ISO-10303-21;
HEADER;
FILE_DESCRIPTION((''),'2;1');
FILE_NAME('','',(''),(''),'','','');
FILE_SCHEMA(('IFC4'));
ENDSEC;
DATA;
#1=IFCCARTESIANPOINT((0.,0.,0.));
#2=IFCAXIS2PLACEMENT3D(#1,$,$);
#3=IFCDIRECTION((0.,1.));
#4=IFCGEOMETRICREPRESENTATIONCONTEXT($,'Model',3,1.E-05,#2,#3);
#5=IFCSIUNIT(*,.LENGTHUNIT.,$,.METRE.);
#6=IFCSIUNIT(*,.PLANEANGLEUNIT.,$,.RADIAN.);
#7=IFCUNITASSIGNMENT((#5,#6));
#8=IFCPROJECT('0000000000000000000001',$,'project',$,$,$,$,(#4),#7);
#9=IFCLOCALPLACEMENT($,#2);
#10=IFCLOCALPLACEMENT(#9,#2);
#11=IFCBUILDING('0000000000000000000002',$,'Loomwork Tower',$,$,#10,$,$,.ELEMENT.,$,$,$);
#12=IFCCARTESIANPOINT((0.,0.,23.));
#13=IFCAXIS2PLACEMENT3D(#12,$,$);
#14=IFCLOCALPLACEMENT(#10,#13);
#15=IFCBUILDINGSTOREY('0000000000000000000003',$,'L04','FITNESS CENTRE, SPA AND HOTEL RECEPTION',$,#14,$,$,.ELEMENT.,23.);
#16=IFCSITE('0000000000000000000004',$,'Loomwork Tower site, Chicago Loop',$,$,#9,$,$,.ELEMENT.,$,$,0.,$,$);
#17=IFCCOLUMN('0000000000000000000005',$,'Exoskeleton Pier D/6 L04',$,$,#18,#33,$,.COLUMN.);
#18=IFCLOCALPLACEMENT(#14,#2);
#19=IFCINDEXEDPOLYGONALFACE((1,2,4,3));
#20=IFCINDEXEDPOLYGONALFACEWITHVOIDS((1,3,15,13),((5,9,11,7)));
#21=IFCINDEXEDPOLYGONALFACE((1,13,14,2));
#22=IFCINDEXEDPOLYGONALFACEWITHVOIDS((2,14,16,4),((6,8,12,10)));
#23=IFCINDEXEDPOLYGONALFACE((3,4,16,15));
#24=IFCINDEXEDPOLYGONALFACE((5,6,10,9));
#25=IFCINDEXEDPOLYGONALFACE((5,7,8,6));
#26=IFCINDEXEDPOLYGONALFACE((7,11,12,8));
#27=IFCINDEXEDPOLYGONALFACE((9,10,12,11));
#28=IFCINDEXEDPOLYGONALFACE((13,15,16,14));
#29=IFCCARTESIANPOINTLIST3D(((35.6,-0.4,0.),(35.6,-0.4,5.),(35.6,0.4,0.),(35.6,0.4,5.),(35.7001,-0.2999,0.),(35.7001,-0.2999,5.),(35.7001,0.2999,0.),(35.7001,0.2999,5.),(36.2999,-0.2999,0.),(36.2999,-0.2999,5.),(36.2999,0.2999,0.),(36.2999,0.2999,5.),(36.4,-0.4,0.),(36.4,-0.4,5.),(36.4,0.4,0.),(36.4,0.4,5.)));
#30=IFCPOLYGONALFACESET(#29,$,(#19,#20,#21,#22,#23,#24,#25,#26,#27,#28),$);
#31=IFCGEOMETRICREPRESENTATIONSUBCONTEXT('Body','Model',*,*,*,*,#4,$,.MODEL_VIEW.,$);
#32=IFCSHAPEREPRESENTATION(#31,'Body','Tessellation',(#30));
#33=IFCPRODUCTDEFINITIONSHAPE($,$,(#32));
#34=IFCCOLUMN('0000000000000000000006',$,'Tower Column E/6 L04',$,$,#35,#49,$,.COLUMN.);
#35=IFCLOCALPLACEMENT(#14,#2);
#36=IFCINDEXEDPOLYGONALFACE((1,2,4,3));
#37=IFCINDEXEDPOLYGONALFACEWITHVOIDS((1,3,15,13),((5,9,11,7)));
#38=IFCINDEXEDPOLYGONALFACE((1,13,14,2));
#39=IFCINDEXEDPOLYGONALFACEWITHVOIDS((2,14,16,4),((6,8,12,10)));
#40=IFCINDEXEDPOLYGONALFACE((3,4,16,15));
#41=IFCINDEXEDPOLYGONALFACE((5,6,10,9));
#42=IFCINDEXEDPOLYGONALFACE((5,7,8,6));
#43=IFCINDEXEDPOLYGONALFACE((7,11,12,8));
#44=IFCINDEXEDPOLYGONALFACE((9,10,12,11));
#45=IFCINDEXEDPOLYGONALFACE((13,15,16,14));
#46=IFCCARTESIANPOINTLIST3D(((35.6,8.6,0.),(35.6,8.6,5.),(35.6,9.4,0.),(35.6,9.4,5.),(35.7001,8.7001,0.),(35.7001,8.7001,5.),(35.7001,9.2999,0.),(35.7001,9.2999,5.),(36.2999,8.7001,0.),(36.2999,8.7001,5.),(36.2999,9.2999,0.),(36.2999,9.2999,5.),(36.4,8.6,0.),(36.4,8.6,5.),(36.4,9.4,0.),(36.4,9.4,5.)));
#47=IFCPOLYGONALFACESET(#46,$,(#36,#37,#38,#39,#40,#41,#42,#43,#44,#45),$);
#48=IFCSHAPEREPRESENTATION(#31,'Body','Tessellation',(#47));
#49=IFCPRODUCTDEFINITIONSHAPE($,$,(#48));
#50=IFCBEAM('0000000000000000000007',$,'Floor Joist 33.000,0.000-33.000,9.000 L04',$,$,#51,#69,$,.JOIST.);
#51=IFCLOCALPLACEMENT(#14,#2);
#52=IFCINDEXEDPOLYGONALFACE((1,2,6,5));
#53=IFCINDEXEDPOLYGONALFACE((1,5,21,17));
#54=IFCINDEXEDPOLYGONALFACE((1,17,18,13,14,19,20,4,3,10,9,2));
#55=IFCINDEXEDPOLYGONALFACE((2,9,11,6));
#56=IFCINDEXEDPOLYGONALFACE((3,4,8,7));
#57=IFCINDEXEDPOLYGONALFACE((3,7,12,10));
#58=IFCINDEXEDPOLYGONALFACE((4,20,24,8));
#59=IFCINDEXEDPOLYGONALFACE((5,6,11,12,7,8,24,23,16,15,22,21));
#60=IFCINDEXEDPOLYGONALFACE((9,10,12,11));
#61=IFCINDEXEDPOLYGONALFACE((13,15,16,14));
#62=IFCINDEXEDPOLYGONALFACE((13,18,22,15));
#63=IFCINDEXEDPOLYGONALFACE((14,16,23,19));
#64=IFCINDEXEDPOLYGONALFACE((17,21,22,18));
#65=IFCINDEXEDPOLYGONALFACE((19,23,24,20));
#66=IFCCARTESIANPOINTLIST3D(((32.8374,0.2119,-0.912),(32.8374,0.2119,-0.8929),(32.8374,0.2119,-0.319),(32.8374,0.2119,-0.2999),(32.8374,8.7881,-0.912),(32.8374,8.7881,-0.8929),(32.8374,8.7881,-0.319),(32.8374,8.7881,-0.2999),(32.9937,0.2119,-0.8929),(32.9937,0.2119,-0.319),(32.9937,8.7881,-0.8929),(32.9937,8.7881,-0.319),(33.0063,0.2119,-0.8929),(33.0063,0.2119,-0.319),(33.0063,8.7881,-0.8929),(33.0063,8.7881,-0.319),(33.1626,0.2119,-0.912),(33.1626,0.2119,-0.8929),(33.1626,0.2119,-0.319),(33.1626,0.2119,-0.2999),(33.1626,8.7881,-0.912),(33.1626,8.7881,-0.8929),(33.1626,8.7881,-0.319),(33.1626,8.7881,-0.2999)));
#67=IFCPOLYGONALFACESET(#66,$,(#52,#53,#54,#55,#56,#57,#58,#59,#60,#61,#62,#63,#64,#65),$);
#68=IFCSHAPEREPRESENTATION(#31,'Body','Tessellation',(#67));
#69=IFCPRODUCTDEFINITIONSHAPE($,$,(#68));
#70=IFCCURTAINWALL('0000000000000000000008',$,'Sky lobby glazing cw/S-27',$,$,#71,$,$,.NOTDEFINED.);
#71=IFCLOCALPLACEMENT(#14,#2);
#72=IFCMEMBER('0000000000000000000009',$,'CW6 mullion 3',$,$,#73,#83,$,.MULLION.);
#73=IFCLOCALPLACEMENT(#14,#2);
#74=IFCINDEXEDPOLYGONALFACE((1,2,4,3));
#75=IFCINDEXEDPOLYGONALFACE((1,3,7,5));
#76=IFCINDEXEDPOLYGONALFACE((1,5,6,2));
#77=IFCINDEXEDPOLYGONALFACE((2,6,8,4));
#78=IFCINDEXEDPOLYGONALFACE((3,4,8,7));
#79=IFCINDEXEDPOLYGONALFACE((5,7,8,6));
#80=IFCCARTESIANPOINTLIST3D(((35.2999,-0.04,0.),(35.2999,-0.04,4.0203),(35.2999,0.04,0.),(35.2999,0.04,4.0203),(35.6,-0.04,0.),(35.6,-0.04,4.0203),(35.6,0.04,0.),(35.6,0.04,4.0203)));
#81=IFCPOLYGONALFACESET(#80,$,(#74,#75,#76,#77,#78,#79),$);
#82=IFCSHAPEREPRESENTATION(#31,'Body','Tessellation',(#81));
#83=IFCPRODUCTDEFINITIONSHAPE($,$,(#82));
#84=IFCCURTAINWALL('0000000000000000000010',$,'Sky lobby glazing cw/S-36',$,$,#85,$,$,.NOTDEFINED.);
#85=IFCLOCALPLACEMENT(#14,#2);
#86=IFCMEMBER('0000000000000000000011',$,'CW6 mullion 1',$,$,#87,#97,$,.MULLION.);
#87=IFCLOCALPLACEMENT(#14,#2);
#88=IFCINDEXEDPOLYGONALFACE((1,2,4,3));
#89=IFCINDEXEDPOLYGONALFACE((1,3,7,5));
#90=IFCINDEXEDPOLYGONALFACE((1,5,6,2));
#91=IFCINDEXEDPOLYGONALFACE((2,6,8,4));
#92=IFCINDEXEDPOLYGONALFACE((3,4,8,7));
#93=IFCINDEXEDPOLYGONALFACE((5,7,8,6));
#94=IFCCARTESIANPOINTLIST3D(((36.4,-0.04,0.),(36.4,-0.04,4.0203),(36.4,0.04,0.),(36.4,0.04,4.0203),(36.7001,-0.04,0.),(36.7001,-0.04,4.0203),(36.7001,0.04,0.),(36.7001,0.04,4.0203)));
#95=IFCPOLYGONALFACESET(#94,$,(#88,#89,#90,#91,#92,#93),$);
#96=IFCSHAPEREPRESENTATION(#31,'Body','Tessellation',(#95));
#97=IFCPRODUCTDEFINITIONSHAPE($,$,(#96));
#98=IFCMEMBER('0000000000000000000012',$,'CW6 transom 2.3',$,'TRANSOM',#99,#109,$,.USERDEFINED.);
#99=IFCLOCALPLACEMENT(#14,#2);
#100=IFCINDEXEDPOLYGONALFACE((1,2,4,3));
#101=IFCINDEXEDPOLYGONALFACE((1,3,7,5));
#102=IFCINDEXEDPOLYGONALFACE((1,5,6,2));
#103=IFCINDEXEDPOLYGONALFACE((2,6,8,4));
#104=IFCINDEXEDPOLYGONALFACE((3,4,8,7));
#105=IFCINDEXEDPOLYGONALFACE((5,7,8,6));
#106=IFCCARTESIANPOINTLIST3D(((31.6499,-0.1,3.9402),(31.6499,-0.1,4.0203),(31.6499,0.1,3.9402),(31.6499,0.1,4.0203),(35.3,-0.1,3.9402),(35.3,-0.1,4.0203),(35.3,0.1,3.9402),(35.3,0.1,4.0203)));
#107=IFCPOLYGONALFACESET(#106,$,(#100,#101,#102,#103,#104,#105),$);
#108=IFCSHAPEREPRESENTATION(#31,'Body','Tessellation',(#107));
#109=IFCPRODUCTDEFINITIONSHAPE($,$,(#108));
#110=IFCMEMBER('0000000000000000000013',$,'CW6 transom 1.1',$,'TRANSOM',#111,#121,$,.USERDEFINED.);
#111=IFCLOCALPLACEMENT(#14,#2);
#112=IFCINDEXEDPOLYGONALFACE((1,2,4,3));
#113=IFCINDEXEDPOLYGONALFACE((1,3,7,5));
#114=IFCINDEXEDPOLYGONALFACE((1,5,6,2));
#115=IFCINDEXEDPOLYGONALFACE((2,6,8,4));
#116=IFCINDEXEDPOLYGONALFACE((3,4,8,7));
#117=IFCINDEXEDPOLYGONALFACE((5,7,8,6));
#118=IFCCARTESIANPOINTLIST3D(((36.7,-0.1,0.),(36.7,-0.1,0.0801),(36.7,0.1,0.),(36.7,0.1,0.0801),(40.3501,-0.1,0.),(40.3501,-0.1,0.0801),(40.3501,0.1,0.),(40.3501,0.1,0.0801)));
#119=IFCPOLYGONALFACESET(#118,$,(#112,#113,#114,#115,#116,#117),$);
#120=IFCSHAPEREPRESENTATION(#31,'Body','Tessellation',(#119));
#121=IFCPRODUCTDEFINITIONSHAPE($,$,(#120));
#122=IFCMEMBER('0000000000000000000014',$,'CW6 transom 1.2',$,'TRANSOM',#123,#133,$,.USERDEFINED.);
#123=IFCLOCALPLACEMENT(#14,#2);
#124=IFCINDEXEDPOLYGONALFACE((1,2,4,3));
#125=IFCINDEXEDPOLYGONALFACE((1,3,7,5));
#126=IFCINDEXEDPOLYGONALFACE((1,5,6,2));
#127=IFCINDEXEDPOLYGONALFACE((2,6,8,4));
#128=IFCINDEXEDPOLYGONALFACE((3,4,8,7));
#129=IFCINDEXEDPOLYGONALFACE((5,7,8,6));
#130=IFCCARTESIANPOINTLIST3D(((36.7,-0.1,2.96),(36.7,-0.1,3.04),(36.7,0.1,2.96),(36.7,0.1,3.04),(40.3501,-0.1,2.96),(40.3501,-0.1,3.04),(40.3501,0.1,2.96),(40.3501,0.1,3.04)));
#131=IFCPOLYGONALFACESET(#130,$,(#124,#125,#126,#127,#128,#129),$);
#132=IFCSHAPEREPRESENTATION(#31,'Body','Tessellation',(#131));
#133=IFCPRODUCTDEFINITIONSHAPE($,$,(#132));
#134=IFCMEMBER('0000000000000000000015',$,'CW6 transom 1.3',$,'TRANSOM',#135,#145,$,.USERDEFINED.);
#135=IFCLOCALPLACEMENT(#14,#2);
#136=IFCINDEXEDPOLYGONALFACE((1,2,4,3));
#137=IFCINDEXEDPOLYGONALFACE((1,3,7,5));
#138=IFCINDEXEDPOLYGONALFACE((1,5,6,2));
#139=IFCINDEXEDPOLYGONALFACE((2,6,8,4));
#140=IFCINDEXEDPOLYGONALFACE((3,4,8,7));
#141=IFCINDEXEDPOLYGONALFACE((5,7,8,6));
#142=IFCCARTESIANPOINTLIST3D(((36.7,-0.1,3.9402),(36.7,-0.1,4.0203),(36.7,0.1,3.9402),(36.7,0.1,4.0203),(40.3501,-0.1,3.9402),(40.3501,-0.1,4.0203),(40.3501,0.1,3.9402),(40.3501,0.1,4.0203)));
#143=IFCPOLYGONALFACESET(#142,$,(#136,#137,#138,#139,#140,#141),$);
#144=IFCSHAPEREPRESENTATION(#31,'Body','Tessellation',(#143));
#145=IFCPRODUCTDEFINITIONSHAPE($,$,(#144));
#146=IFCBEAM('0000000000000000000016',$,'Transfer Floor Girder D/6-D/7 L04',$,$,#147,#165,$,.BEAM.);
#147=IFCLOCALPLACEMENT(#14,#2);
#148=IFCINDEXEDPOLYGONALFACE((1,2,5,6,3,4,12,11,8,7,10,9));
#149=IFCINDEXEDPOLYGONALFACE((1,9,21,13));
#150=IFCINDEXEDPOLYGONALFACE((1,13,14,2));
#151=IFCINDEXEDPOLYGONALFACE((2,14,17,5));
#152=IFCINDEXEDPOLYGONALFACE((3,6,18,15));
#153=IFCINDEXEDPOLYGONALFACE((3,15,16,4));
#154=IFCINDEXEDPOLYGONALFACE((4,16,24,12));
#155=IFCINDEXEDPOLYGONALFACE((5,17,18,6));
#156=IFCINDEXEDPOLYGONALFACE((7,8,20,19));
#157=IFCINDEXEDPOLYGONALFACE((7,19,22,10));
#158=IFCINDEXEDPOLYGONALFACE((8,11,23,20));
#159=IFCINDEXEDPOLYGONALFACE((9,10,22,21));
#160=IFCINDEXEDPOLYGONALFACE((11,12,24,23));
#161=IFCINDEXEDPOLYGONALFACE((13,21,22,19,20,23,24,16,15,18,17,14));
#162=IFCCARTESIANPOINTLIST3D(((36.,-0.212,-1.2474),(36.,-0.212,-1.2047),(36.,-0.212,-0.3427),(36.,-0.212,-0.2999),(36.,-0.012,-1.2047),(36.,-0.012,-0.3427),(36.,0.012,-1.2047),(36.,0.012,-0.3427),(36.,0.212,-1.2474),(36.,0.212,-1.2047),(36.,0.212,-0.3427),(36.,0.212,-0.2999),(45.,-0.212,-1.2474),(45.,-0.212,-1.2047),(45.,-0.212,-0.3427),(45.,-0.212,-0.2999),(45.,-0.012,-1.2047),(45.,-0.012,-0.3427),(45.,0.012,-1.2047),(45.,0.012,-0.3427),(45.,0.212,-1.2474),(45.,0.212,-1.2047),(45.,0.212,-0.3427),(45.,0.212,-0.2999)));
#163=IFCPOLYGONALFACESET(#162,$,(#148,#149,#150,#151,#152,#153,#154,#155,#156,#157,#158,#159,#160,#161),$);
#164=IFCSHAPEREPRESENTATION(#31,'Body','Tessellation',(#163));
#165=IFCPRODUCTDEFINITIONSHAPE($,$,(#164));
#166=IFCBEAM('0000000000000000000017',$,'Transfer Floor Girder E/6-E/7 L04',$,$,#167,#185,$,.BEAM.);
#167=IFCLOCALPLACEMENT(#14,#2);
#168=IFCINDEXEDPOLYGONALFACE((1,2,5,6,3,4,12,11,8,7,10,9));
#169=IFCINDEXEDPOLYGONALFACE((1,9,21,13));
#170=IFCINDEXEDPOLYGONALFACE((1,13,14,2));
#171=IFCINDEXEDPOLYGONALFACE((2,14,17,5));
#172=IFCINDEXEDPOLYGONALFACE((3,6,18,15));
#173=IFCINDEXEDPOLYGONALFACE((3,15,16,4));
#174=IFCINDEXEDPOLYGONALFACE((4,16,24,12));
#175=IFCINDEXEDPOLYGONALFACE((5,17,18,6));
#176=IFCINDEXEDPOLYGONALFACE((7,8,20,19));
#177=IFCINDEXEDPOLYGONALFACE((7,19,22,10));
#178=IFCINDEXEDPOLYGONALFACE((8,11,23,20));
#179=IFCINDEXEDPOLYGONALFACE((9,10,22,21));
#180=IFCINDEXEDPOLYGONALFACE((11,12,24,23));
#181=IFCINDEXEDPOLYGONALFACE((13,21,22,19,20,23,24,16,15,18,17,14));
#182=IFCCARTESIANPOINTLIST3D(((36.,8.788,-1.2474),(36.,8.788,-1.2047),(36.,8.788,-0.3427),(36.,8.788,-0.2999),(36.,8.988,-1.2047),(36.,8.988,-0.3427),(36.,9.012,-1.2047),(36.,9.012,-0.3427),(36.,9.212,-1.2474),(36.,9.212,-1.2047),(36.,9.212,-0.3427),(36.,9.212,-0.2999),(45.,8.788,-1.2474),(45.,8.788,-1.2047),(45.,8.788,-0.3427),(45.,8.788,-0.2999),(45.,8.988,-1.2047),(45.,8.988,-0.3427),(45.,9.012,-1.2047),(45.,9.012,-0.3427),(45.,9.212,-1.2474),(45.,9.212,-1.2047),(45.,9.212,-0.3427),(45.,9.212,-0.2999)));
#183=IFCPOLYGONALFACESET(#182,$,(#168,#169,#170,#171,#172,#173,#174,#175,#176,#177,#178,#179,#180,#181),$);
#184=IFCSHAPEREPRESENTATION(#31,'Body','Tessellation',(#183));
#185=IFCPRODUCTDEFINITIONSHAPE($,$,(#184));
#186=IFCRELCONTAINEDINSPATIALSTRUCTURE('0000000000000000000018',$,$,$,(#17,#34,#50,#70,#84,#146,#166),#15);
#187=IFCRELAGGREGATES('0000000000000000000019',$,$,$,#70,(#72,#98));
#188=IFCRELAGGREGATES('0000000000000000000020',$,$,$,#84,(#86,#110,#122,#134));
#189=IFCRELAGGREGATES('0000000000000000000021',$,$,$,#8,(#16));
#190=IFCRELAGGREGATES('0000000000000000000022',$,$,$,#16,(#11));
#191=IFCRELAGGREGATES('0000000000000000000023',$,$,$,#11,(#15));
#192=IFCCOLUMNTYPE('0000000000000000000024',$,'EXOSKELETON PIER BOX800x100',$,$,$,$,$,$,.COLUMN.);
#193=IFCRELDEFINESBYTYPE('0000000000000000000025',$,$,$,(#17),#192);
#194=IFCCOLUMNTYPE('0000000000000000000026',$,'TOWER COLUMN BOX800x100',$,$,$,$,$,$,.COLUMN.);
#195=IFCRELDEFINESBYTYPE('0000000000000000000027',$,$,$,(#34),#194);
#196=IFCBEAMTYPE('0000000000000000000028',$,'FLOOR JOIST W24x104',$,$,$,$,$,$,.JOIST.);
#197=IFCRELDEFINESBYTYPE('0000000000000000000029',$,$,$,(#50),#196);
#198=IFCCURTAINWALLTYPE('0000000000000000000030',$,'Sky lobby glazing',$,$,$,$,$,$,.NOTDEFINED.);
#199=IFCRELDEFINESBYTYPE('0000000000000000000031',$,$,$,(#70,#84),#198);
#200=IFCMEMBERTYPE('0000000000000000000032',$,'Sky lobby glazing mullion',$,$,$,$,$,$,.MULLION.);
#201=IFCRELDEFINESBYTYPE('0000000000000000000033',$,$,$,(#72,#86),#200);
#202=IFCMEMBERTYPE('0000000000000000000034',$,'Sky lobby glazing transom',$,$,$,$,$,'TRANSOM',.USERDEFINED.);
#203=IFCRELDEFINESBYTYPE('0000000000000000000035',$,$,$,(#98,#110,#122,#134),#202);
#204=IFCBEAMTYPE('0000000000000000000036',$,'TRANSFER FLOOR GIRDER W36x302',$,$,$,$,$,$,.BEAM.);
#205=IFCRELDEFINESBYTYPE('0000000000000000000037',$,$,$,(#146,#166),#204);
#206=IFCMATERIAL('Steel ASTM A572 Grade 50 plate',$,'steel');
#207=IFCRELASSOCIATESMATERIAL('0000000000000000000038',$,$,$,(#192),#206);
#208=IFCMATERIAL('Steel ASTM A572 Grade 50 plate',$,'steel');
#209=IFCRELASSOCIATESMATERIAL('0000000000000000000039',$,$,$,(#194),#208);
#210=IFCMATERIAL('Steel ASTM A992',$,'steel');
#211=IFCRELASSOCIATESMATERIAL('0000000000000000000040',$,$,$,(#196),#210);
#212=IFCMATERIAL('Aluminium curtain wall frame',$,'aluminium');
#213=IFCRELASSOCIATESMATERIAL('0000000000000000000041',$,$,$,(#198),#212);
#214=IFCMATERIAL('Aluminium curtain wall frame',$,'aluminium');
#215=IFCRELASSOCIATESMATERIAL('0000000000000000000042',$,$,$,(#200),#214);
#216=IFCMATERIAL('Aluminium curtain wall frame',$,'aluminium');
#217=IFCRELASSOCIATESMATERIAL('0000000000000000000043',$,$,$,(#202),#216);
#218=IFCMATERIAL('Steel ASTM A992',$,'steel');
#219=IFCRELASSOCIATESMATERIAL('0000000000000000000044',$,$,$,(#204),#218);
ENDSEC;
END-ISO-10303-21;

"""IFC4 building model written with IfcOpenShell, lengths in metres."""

from ifc_helpers import new_model, si_unit, direction, frame, origin, origin_2d, place, context, subcontext, project, spatial, rectangle, hollow_rectangle, i_section, extrude, material, material_profile, profile_set, type_object, element, aggregate, save


model = new_model("IFC4")

# Units and contexts
model_context = context("Model", 3, precision=1e-05, world=origin(), true_north=direction((0.0, 1.0)))
body_context = subcontext(model_context, "Body", "Model", "MODEL_VIEW")
ifc_project = project(units=[si_unit("LENGTHUNIT", "METRE"), si_unit("PLANEANGLEUNIT", "RADIAN")], contexts=[model_context])

# Site, building, storey
site_placement = place(None, origin())
site = spatial("IfcSite", under=ifc_project, at=site_placement, Name="Loomwork Tower site, Chicago Loop", CompositionType="ELEMENT", RefElevation=0.0)
building_placement = place(site_placement, origin())
building = spatial("IfcBuilding", under=site, at=building_placement, Name="Loomwork Tower", CompositionType="ELEMENT")
storey_placement = place(building_placement, frame((0.0, 0.0, 23.0)))
storey = spatial("IfcBuildingStorey", under=building, at=storey_placement, Name="L04", Description="FITNESS CENTRE, SPA AND HOTEL RECEPTION", CompositionType="ELEMENT", Elevation=23.0)

# Columns
ifc_material_1 = material(Name="Steel ASTM A572 Grade 50 plate", Category="steel")
ifc_material_profile_1 = material_profile(ifc_material_1, hollow_rectangle(XDim=0.8, YDim=0.8, WallThickness=0.1001, at=origin_2d()), Name="BOX800x100")
ifc_profile_set_1 = profile_set([ifc_material_profile_1], Name="Steel ASTM A572 Grade 50 plate")
column_type_1 = type_object("IfcColumnType", Name="EXOSKELETON PIER BOX800x100", PredefinedType="COLUMN", material=ifc_profile_set_1)
column_1_placement = place(storey_placement, frame((36.0, 0.0, 0.0), z_axis=(0.0, 0.0, 1.0), x_axis=(1.0, 0.0, 0.0)))
element("IfcColumn", 1, at=column_1_placement, inside=storey, type_object=column_type_1, Name="Exoskeleton Pier D/6 L04", PredefinedType="COLUMN", context=body_context, shape_type="SweptSolid", body=[
    extrude(hollow_rectangle(XDim=0.8, YDim=0.8, WallThickness=0.1001, at=origin_2d()), origin(), (0.0, 0.0, 1.0), 5.0),
])
ifc_material_2 = material(Name="Steel ASTM A572 Grade 50 plate", Category="steel")
ifc_material_profile_2 = material_profile(ifc_material_2, hollow_rectangle(XDim=0.8, YDim=0.8, WallThickness=0.1001, at=origin_2d()), Name="BOX800x100")
ifc_profile_set_2 = profile_set([ifc_material_profile_2], Name="Steel ASTM A572 Grade 50 plate")
column_type_2 = type_object("IfcColumnType", Name="TOWER COLUMN BOX800x100", PredefinedType="COLUMN", material=ifc_profile_set_2)
column_2_placement = place(storey_placement, frame((36.0, 9.0, 0.0), z_axis=(0.0, 0.0, 1.0), x_axis=(0.0, 1.0, 0.0)))
element("IfcColumn", 2, at=column_2_placement, inside=storey, type_object=column_type_2, Name="Tower Column E/6 L04", PredefinedType="COLUMN", context=body_context, shape_type="SweptSolid", body=[
    extrude(hollow_rectangle(XDim=0.8, YDim=0.8, WallThickness=0.1001, at=origin_2d()), origin(), (0.0, 0.0, 1.0), 5.0),
])

# Beam
ifc_material_3 = material(Name="Steel ASTM A992", Category="steel")
ifc_material_profile_3 = material_profile(ifc_material_3, i_section(OverallWidth=0.3252, OverallDepth=0.6121, WebThickness=0.0127, FlangeThickness=0.019, at=origin_2d()), Name="W24x104")
ifc_profile_set_3 = profile_set([ifc_material_profile_3], Name="Steel ASTM A992")
beam_type_1 = type_object("IfcBeamType", Name="FLOOR JOIST W24x104", PredefinedType="JOIST", material=ifc_profile_set_3)
beam_placement = place(storey_placement, frame((33.0, 0.2119, -0.606), z_axis=(0.0, 1.0, 0.0), x_axis=(-1.0, 0.0, 0.0)))
element("IfcBeam", 3, at=beam_placement, inside=storey, type_object=beam_type_1, Name="Floor Joist 33.000,0.000-33.000,9.000 L04", PredefinedType="JOIST", context=body_context, shape_type="SweptSolid", body=[
    extrude(i_section(OverallWidth=0.3252, OverallDepth=0.6121, WebThickness=0.0127, FlangeThickness=0.019, at=origin_2d()), origin(), (0.0, 0.0, 1.0), 8.5762),
])

# Curtain walls, members
ifc_material_4 = material(Name="Aluminium curtain wall frame", Category="aluminium")
curtain_wall_type = type_object("IfcCurtainWallType", Name="Sky lobby glazing", PredefinedType="NOTDEFINED", material=ifc_material_4)
curtain_wall_1_placement = place(storey_placement, origin())
curtain_wall_1 = element("IfcCurtainWall", 4, at=curtain_wall_1_placement, inside=storey, type_object=curtain_wall_type, Name="Sky lobby glazing cw/S-27", PredefinedType="NOTDEFINED")
ifc_material_5 = material(Name="Aluminium curtain wall frame", Category="aluminium")
ifc_material_profile_4 = material_profile(ifc_material_5, rectangle(XDim=0.0801, YDim=0.3, at=origin_2d()), Name="AL 80x300")
ifc_profile_set_4 = profile_set([ifc_material_profile_4], Name="Aluminium curtain wall frame")
member_type_1 = type_object("IfcMemberType", Name="Sky lobby glazing mullion", PredefinedType="MULLION", material=ifc_profile_set_4)
member_1_placement = place(storey_placement, frame((35.45, 0.0, 0.0), z_axis=(0.0, 0.0, 1.0), x_axis=(0.0, 1.0, 0.0)))
member_1 = element("IfcMember", 5, at=member_1_placement, type_object=member_type_1, Name="CW6 mullion 3", PredefinedType="MULLION", context=body_context, shape_type="SweptSolid", body=[
    extrude(rectangle(XDim=0.0801, YDim=0.3, at=origin_2d()), origin(), (0.0, 0.0, 1.0), 4.0203),
])
curtain_wall_2_placement = place(storey_placement, origin())
curtain_wall_2 = element("IfcCurtainWall", 6, at=curtain_wall_2_placement, inside=storey, type_object=curtain_wall_type, Name="Sky lobby glazing cw/S-36", PredefinedType="NOTDEFINED")
member_2_placement = place(storey_placement, frame((36.55, 0.0, 0.0), z_axis=(0.0, 0.0, 1.0), x_axis=(0.0, 1.0, 0.0)))
member_2 = element("IfcMember", 7, at=member_2_placement, type_object=member_type_1, Name="CW6 mullion 1", PredefinedType="MULLION", context=body_context, shape_type="SweptSolid", body=[
    extrude(rectangle(XDim=0.0801, YDim=0.3, at=origin_2d()), origin(), (0.0, 0.0, 1.0), 4.0203),
])

# Members
ifc_material_6 = material(Name="Aluminium curtain wall frame", Category="aluminium")
ifc_material_profile_5 = material_profile(ifc_material_6, rectangle(XDim=0.2, YDim=0.0801, at=origin_2d()), Name="AL 80x200")
ifc_profile_set_5 = profile_set([ifc_material_profile_5], Name="Aluminium curtain wall frame")
member_type_2 = type_object("IfcMemberType", Name="Sky lobby glazing transom", ElementType="TRANSOM", PredefinedType="USERDEFINED", material=ifc_profile_set_5)
member_3_placement = place(storey_placement, frame((31.6499, 0.0, 3.9802), z_axis=(1.0, 0.0, 0.0), x_axis=(0.0, 1.0, 0.0)))
member_3 = element("IfcMember", 8, at=member_3_placement, type_object=member_type_2, Name="CW6 transom 2.3", ObjectType="TRANSOM", PredefinedType="USERDEFINED", context=body_context, shape_type="SweptSolid", body=[
    extrude(rectangle(XDim=0.2, YDim=0.0801, at=origin_2d()), origin(), (0.0, 0.0, 1.0), 3.6501),
])
member_4_placement = place(storey_placement, frame((36.7, 0.0, 0.04), z_axis=(1.0, 0.0, 0.0), x_axis=(0.0, 1.0, 0.0)))
member_4 = element("IfcMember", 9, at=member_4_placement, type_object=member_type_2, Name="CW6 transom 1.1", ObjectType="TRANSOM", PredefinedType="USERDEFINED", context=body_context, shape_type="SweptSolid", body=[
    extrude(rectangle(XDim=0.2, YDim=0.0801, at=origin_2d()), origin(), (0.0, 0.0, 1.0), 3.6501),
])
member_5_placement = place(storey_placement, frame((36.7, 0.0, 3.0), z_axis=(1.0, 0.0, 0.0), x_axis=(0.0, 1.0, 0.0)))
member_5 = element("IfcMember", 10, at=member_5_placement, type_object=member_type_2, Name="CW6 transom 1.2", ObjectType="TRANSOM", PredefinedType="USERDEFINED", context=body_context, shape_type="SweptSolid", body=[
    extrude(rectangle(XDim=0.2, YDim=0.0801, at=origin_2d()), origin(), (0.0, 0.0, 1.0), 3.6501),
])
member_6_placement = place(storey_placement, frame((36.7, 0.0, 3.9802), z_axis=(1.0, 0.0, 0.0), x_axis=(0.0, 1.0, 0.0)))
member_6 = element("IfcMember", 11, at=member_6_placement, type_object=member_type_2, Name="CW6 transom 1.3", ObjectType="TRANSOM", PredefinedType="USERDEFINED", context=body_context, shape_type="SweptSolid", body=[
    extrude(rectangle(XDim=0.2, YDim=0.0801, at=origin_2d()), origin(), (0.0, 0.0, 1.0), 3.6501),
])

# Beams
ifc_material_7 = material(Name="Steel ASTM A992", Category="steel")
ifc_material_profile_6 = material_profile(ifc_material_7, i_section(OverallWidth=0.4241, OverallDepth=0.9475, WebThickness=0.0239, FlangeThickness=0.0427, at=origin_2d()), Name="W36x302")
ifc_profile_set_6 = profile_set([ifc_material_profile_6], Name="Steel ASTM A992")
beam_type_2 = type_object("IfcBeamType", Name="TRANSFER FLOOR GIRDER W36x302", PredefinedType="BEAM", material=ifc_profile_set_6)
for number, where, z_axis, x_axis, name in (
    (12, (36.0, 0.0, -0.7737), (1.0, 0.0, 0.0), (0.0, 1.0, 0.0), "Transfer Floor Girder D/6-D/7 L04"),
    (13, (36.0, 9.0, -0.7737), (1.0, 0.0, 0.0), (0.0, 1.0, 0.0), "Transfer Floor Girder E/6-E/7 L04"),
):
    element("IfcBeam", number, at=place(storey_placement, frame(where, z_axis=z_axis, x_axis=x_axis)), inside=storey, type_object=beam_type_2, Name=name, PredefinedType="BEAM", context=body_context, shape_type="SweptSolid", body=[
        extrude(i_section(OverallWidth=0.4241, OverallDepth=0.9475, WebThickness=0.0239, FlangeThickness=0.0427, at=origin_2d()), origin(), (0.0, 0.0, 1.0), 9.0),
    ])

aggregate(curtain_wall_1, [member_1, member_3])
aggregate(curtain_wall_2, [member_2, member_4, member_5, member_6])

save(model, "model.ifc")
